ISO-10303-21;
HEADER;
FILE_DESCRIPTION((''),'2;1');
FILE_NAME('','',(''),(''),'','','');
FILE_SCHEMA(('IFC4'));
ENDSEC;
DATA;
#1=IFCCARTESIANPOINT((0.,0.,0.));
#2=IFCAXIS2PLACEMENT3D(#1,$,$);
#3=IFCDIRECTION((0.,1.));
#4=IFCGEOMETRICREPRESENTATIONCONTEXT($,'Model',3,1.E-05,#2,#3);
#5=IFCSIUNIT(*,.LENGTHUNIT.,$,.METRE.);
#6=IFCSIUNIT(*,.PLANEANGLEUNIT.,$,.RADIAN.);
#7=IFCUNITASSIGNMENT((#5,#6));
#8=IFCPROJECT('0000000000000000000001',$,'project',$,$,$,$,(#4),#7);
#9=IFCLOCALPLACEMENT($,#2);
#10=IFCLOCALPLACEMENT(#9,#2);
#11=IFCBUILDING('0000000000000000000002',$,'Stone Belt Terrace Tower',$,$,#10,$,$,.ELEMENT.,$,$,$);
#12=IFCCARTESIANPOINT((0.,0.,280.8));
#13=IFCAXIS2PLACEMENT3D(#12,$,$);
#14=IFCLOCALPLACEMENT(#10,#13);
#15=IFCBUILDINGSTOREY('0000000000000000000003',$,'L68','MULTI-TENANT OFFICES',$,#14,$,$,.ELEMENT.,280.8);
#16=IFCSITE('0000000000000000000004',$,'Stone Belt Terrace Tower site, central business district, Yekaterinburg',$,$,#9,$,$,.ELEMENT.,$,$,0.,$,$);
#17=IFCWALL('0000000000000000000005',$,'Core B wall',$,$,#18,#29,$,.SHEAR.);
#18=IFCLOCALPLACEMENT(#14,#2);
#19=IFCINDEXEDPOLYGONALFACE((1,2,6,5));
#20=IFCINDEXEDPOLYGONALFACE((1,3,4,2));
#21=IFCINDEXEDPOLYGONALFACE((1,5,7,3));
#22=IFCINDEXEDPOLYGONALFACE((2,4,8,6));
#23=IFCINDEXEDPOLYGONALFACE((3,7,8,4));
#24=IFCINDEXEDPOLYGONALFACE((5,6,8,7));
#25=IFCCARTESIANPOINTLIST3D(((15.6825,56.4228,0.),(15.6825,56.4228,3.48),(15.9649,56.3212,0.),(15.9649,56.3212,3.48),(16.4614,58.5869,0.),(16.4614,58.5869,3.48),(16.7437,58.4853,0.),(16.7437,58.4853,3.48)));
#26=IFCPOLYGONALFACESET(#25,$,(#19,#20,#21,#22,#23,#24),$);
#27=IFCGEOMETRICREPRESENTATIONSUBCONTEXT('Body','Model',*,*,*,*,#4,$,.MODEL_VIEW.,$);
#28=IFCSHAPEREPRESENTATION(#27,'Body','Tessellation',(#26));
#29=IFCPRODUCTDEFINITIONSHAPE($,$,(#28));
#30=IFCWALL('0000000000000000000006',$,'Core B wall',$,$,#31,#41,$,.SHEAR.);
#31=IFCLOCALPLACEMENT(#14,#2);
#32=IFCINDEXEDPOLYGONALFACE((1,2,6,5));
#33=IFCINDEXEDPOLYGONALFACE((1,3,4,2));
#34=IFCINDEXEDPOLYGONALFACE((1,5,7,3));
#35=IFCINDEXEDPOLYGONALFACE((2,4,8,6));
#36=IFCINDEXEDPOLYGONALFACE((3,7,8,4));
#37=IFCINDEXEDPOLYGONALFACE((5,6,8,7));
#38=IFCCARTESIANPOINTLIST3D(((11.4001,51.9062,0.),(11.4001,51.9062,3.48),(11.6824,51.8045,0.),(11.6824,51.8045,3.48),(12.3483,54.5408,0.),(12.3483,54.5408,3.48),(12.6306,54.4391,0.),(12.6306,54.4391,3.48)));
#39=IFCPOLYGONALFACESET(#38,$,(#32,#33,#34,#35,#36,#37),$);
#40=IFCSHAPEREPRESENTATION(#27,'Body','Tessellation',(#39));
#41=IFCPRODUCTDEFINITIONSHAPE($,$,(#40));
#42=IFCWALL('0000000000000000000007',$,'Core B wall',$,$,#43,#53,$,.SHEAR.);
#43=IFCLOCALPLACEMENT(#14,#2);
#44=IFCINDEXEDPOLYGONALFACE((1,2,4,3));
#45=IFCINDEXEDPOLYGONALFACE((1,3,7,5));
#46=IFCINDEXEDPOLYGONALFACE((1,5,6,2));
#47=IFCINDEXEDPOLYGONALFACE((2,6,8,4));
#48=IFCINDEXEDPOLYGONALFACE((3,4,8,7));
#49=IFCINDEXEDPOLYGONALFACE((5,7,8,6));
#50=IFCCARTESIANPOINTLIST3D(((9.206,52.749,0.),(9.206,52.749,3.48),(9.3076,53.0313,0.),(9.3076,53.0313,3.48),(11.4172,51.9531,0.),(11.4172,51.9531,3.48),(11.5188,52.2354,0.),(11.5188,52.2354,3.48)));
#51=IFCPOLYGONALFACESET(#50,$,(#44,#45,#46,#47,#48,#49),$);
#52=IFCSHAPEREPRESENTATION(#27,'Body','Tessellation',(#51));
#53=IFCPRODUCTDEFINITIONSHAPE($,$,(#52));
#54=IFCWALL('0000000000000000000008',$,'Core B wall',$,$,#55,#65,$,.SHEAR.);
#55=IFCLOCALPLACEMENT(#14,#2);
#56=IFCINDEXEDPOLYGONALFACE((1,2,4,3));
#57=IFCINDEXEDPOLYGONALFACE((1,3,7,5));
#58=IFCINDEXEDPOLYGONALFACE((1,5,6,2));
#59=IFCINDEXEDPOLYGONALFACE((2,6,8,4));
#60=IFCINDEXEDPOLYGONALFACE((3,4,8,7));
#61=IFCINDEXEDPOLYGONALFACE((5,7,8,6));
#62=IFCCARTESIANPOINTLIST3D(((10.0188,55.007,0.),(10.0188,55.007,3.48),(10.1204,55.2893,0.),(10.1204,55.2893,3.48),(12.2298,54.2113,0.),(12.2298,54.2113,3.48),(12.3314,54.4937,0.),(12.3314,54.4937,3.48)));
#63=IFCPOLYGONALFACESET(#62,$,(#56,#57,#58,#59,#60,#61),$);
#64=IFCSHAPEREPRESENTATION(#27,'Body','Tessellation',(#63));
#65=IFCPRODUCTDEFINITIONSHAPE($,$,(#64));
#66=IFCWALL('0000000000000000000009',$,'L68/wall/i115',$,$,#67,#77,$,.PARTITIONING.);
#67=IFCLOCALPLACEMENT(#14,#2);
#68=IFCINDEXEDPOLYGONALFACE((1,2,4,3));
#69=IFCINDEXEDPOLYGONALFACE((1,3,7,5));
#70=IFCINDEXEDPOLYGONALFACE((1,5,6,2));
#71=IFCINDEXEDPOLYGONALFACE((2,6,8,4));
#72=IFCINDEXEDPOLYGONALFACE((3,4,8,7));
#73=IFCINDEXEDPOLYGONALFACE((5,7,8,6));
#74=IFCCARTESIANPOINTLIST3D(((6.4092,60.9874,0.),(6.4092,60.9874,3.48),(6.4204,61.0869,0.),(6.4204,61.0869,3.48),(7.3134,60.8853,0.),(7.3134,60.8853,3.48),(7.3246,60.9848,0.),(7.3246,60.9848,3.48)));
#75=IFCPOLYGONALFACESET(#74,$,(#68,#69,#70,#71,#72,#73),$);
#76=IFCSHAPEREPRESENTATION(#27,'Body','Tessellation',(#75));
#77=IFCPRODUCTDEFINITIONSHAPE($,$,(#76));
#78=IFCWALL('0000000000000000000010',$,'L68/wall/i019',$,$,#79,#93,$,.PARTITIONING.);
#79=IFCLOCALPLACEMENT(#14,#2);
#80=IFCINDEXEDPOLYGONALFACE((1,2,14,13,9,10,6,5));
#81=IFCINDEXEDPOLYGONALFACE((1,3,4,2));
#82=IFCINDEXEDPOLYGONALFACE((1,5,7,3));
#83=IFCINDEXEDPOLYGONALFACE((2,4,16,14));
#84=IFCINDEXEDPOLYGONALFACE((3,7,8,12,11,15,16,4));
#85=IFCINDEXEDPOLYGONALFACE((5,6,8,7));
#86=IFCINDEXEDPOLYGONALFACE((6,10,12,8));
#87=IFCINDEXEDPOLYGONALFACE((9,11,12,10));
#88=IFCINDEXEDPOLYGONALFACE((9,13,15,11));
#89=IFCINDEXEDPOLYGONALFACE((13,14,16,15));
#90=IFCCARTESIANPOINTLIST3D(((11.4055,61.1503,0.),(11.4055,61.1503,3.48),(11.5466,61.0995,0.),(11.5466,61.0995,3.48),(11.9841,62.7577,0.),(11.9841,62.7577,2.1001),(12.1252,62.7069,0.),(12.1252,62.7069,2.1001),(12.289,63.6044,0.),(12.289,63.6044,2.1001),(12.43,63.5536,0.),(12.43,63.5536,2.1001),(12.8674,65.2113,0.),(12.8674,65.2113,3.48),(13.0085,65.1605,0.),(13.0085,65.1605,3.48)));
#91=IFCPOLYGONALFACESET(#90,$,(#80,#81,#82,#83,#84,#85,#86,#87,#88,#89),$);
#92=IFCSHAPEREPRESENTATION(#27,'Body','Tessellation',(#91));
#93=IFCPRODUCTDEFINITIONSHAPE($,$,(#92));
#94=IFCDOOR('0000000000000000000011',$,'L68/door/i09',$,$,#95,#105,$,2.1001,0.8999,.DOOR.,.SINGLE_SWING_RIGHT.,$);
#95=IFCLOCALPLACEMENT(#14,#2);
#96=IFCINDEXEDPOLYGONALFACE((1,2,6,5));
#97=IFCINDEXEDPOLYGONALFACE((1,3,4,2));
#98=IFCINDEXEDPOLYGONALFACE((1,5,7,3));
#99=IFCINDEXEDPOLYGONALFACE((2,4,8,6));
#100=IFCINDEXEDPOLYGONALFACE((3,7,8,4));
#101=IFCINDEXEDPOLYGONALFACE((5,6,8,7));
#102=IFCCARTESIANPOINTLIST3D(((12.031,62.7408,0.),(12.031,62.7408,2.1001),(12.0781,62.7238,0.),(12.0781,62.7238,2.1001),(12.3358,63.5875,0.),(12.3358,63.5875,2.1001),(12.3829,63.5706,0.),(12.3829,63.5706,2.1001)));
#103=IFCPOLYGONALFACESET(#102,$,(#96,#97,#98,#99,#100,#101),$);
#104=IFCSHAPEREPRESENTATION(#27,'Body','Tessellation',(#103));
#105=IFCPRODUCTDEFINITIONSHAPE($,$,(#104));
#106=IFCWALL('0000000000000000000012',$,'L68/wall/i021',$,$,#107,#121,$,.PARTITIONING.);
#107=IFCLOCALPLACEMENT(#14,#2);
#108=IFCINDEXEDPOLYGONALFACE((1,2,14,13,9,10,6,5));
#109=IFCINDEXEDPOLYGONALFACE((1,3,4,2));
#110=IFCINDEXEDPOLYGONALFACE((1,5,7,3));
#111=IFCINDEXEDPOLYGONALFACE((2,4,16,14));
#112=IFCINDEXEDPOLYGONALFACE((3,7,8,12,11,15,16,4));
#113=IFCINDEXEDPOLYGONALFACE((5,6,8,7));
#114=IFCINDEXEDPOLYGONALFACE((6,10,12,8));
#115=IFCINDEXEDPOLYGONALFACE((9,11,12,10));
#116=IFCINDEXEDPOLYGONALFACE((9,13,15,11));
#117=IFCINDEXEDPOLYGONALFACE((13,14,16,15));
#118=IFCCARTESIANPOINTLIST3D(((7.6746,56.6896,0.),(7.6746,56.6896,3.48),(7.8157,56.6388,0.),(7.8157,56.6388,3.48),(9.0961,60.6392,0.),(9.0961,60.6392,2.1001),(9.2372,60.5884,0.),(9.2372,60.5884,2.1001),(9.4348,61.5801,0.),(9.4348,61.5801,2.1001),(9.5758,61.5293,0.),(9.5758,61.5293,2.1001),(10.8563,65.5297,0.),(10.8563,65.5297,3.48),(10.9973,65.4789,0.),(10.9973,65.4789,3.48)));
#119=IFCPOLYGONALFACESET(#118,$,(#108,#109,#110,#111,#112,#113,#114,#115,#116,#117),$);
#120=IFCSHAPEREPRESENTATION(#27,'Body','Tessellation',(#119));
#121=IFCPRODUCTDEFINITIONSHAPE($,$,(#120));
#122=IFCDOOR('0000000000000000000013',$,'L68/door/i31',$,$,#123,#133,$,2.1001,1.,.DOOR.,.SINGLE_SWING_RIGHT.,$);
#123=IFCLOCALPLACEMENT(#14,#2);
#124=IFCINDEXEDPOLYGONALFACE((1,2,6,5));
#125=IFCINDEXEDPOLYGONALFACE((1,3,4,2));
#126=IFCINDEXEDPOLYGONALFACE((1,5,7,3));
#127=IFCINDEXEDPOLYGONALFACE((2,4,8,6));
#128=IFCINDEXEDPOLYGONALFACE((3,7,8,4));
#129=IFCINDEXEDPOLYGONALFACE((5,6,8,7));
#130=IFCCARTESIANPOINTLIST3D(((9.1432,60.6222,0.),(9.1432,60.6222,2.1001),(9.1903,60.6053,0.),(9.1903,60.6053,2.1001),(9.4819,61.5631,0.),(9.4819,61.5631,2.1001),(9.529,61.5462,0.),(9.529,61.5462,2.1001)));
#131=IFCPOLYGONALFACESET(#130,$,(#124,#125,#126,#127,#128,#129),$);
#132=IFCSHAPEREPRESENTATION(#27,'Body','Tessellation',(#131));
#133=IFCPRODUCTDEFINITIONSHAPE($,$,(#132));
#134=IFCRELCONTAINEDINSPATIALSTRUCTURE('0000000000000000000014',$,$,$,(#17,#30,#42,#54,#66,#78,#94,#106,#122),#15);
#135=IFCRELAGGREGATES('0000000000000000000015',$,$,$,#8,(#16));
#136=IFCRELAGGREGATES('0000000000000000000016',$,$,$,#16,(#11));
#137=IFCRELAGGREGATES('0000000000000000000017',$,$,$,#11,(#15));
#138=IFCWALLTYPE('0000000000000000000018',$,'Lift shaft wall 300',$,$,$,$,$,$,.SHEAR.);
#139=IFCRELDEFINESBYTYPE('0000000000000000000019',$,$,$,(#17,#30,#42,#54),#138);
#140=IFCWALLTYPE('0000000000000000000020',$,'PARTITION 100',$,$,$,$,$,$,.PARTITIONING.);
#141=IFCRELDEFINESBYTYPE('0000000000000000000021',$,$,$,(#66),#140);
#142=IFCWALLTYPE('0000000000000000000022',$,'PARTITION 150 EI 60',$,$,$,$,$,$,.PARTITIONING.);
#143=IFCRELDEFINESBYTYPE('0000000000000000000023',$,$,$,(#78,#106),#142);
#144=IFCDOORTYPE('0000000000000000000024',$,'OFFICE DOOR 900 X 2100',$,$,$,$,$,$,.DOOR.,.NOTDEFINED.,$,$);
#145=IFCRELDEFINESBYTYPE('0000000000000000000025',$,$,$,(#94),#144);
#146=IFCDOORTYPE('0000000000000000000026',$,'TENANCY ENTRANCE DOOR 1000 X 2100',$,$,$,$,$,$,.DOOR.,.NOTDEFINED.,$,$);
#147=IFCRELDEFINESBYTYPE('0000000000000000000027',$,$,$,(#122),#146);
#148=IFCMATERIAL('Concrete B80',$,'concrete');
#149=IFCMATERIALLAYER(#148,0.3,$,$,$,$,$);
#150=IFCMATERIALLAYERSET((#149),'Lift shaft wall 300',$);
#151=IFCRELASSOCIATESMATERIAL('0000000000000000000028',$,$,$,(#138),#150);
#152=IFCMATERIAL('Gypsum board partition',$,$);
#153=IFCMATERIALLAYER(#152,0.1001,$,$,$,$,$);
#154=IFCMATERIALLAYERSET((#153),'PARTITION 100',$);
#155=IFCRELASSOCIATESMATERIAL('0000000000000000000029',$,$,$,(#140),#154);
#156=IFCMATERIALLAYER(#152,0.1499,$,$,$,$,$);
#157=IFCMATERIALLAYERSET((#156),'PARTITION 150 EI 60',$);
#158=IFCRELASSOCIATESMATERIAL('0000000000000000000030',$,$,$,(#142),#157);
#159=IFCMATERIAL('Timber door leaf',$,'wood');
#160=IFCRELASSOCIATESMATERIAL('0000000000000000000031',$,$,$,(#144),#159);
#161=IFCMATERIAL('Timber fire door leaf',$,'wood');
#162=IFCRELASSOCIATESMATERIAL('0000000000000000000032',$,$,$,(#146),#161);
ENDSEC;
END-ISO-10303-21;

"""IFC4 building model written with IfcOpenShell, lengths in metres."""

from ifc_helpers import new_model, si_unit, direction, frame, frame_2d, origin, place, context, subcontext, project, spatial, rectangle, extrude, material, layer, layer_set, type_object, element, fill, save


model = new_model("IFC4")

# Units and contexts
model_context = context("Model", 3, precision=1e-05, world=origin(), true_north=direction((0.0, 1.0)))
body_context = subcontext(model_context, "Body", "Model", "MODEL_VIEW")
ifc_project = project(units=[si_unit("LENGTHUNIT", "METRE"), si_unit("PLANEANGLEUNIT", "RADIAN")], contexts=[model_context])

# Site, building, storey
site_placement = place(None, origin())
site = spatial("IfcSite", under=ifc_project, at=site_placement, Name="Stone Belt Terrace Tower site, central business district, Yekaterinburg", CompositionType="ELEMENT", RefElevation=0.0)
building_placement = place(site_placement, origin())
building = spatial("IfcBuilding", under=site, at=building_placement, Name="Stone Belt Terrace Tower", CompositionType="ELEMENT")
storey_placement = place(building_placement, frame((0.0, 0.0, 280.8)))
storey = spatial("IfcBuildingStorey", under=building, at=storey_placement, Name="L68", Description="MULTI-TENANT OFFICES", CompositionType="ELEMENT", Elevation=280.8)

# Shared definitions
ifc_material_1 = material(Name="Timber door leaf", Category="wood")

# Walls
ifc_material_2 = material(Name="Concrete B80", Category="concrete")
ifc_layer_1 = layer(ifc_material_2, 0.3)
ifc_layer_set_1 = layer_set([ifc_layer_1], Name="Lift shaft wall 300")
wall_type_1 = type_object("IfcWallType", Name="Lift shaft wall 300", PredefinedType="SHEAR", material=ifc_layer_set_1)
wall_1_placement = place(storey_placement, frame((15.8237, 56.3721, 0.0), z_axis=(0.0, 0.0, 1.0), x_axis=(0.338622, 0.940923, 0.0)))
element("IfcWall", 1, at=wall_1_placement, inside=storey, type_object=wall_type_1, Name="Core B wall", PredefinedType="SHEAR", context=body_context, shape_type="SweptSolid", body=[
    extrude(rectangle(XDim=2.3, YDim=0.3, at=frame_2d((1.1499, 0.0))), origin(), (0.0, 0.0, 1.0), 3.48),
])
wall_2_placement = place(storey_placement, frame((11.5413, 51.8555, 0.0), z_axis=(0.0, 0.0, 1.0), x_axis=(0.338661, 0.940909, 0.0)))
element("IfcWall", 2, at=wall_2_placement, inside=storey, type_object=wall_type_1, Name="Core B wall", PredefinedType="SHEAR", context=body_context, shape_type="SweptSolid", body=[
    extrude(rectangle(XDim=2.8, YDim=0.3, at=frame_2d((1.3999, 0.0))), origin(), (0.0, 0.0, 1.0), 3.48),
])
wall_3_placement = place(storey_placement, frame((11.468, 52.0942, 0.0), z_axis=(0.0, 0.0, 1.0), x_axis=(-0.940905, 0.338672, 0.0)))
element("IfcWall", 3, at=wall_3_placement, inside=storey, type_object=wall_type_1, Name="Core B wall", PredefinedType="SHEAR", context=body_context, shape_type="SweptSolid", body=[
    extrude(rectangle(XDim=2.3501, YDim=0.3, at=frame_2d((1.175, 0.0))), origin(), (0.0, 0.0, 1.0), 3.48),
])
wall_4_placement = place(storey_placement, frame((12.2805, 54.3525, 0.0), z_axis=(0.0, 0.0, 1.0), x_axis=(-0.940926, 0.338613, 0.0)))
element("IfcWall", 4, at=wall_4_placement, inside=storey, type_object=wall_type_1, Name="Core B wall", PredefinedType="SHEAR", context=body_context, shape_type="SweptSolid", body=[
    extrude(rectangle(XDim=2.3499, YDim=0.3, at=frame_2d((1.1748, 0.0))), origin(), (0.0, 0.0, 1.0), 3.48),
])
ifc_material_3 = material(Name="Gypsum board partition")
ifc_layer_2 = layer(ifc_material_3, 0.1001)
ifc_layer_set_2 = layer_set([ifc_layer_2], Name="PARTITION 100")
wall_type_2 = type_object("IfcWallType", Name="PARTITION 100", PredefinedType="PARTITIONING", material=ifc_layer_set_2)
wall_5_placement = place(storey_placement, frame((7.3191, 60.9351, 0.0), z_axis=(0.0, 0.0, 1.0), x_axis=(-0.993689, 0.112169, 0.0)))
element("IfcWall", 5, at=wall_5_placement, inside=storey, type_object=wall_type_2, Name="L68/wall/i115", PredefinedType="PARTITIONING", context=body_context, shape_type="SweptSolid", body=[
    extrude(rectangle(XDim=0.9099, YDim=0.1001, at=frame_2d((0.4551, 0.0))), origin(), (0.0, 0.0, 1.0), 3.48),
])

# Walls, openings, doors
ifc_layer_3 = layer(ifc_material_3, 0.1499)
ifc_layer_set_3 = layer_set([ifc_layer_3], Name="PARTITION 150 EI 60")
wall_type_3 = type_object("IfcWallType", Name="PARTITION 150 EI 60", PredefinedType="PARTITIONING", material=ifc_layer_set_3)
wall_6_placement = place(storey_placement, frame((12.938, 65.186, 0.0), z_axis=(0.0, 0.0, 1.0), x_axis=(-0.338707, -0.940892, 0.0)))
wall_6 = element("IfcWall", 6, at=wall_6_placement, inside=storey, type_object=wall_type_3, Name="L68/wall/i019", PredefinedType="PARTITIONING", context=body_context, shape_type="SweptSolid", body=[
    extrude(rectangle(XDim=4.3162, YDim=0.1499, at=frame_2d((2.1582, 0.0))), origin(), (0.0, 0.0, 1.0), 3.48),
])
opening_1_placement = place(wall_6_placement, frame((1.708, 0.0, 0.0)))
opening_1 = element("IfcOpeningElement", 7, at=opening_1_placement, cuts=wall_6, PredefinedType="OPENING", context=body_context, shape_type="SweptSolid", body=[
    extrude(rectangle(XDim=0.8999, YDim=2.1001, at=frame_2d((0.45, 1.05))), frame((0.0, 0.085, 0.0), z_axis=(0.0, -1.0, 0.0), x_axis=(1.0, 0.0, 0.0)), (0.0, 0.0, 1.0), 0.1699),
])
door_type_1 = type_object("IfcDoorType", Name="OFFICE DOOR 900 X 2100", OperationType="NOTDEFINED", PredefinedType="DOOR", material=ifc_material_1)
door_1_placement = place(opening_1_placement, origin())
door_1 = element("IfcDoor", 8, at=door_1_placement, inside=storey, type_object=door_type_1, Name="L68/door/i09", OperationType="SINGLE_SWING_RIGHT", OverallHeight=2.1001, OverallWidth=0.8999, PredefinedType="DOOR", context=body_context, shape_type="SweptSolid", body=[
    extrude(rectangle(XDim=0.8999, YDim=2.1001, at=frame_2d((0.45, 1.05))), frame((0.0, 0.0249, 0.0), z_axis=(0.0, -1.0, 0.0), x_axis=(1.0, 0.0, 0.0)), (0.0, 0.0, 1.0), 0.05),
])
fill(opening_1, door_1)
wall_7_placement = place(storey_placement, frame((7.7451, 56.6641, 0.0), z_axis=(0.0, 0.0, 1.0), x_axis=(0.338645, 0.940914, 0.0)))
wall_7 = element("IfcWall", 9, at=wall_7_placement, inside=storey, type_object=wall_type_3, Name="L68/wall/i021", PredefinedType="PARTITIONING", context=body_context, shape_type="SweptSolid", body=[
    extrude(rectangle(XDim=9.3953, YDim=0.1499, at=frame_2d((4.6978, 0.0))), origin(), (0.0, 0.0, 1.0), 3.48),
])
opening_2_placement = place(wall_7_placement, frame((4.1978, 0.0, 0.0)))
opening_2 = element("IfcOpeningElement", 10, at=opening_2_placement, cuts=wall_7, PredefinedType="OPENING", context=body_context, shape_type="SweptSolid", body=[
    extrude(rectangle(XDim=1.0, YDim=2.1001, at=frame_2d((0.5, 1.05))), frame((0.0, 0.085, 0.0), z_axis=(0.0, -1.0, 0.0), x_axis=(1.0, 0.0, 0.0)), (0.0, 0.0, 1.0), 0.1699),
])
ifc_material_4 = material(Name="Timber fire door leaf", Category="wood")
door_type_2 = type_object("IfcDoorType", Name="TENANCY ENTRANCE DOOR 1000 X 2100", OperationType="NOTDEFINED", PredefinedType="DOOR", material=ifc_material_4)
door_2_placement = place(opening_2_placement, origin())
door_2 = element("IfcDoor", 11, at=door_2_placement, inside=storey, type_object=door_type_2, Name="L68/door/i31", OperationType="SINGLE_SWING_RIGHT", OverallHeight=2.1001, OverallWidth=1.0, PredefinedType="DOOR", context=body_context, shape_type="SweptSolid", body=[
    extrude(rectangle(XDim=1.0, YDim=2.1001, at=frame_2d((0.5, 1.05))), frame((0.0, 0.0249, 0.0), z_axis=(0.0, -1.0, 0.0), x_axis=(1.0, 0.0, 0.0)), (0.0, 0.0, 1.0), 0.05),
])
fill(opening_2, door_2)

save(model, "model.ifc")
